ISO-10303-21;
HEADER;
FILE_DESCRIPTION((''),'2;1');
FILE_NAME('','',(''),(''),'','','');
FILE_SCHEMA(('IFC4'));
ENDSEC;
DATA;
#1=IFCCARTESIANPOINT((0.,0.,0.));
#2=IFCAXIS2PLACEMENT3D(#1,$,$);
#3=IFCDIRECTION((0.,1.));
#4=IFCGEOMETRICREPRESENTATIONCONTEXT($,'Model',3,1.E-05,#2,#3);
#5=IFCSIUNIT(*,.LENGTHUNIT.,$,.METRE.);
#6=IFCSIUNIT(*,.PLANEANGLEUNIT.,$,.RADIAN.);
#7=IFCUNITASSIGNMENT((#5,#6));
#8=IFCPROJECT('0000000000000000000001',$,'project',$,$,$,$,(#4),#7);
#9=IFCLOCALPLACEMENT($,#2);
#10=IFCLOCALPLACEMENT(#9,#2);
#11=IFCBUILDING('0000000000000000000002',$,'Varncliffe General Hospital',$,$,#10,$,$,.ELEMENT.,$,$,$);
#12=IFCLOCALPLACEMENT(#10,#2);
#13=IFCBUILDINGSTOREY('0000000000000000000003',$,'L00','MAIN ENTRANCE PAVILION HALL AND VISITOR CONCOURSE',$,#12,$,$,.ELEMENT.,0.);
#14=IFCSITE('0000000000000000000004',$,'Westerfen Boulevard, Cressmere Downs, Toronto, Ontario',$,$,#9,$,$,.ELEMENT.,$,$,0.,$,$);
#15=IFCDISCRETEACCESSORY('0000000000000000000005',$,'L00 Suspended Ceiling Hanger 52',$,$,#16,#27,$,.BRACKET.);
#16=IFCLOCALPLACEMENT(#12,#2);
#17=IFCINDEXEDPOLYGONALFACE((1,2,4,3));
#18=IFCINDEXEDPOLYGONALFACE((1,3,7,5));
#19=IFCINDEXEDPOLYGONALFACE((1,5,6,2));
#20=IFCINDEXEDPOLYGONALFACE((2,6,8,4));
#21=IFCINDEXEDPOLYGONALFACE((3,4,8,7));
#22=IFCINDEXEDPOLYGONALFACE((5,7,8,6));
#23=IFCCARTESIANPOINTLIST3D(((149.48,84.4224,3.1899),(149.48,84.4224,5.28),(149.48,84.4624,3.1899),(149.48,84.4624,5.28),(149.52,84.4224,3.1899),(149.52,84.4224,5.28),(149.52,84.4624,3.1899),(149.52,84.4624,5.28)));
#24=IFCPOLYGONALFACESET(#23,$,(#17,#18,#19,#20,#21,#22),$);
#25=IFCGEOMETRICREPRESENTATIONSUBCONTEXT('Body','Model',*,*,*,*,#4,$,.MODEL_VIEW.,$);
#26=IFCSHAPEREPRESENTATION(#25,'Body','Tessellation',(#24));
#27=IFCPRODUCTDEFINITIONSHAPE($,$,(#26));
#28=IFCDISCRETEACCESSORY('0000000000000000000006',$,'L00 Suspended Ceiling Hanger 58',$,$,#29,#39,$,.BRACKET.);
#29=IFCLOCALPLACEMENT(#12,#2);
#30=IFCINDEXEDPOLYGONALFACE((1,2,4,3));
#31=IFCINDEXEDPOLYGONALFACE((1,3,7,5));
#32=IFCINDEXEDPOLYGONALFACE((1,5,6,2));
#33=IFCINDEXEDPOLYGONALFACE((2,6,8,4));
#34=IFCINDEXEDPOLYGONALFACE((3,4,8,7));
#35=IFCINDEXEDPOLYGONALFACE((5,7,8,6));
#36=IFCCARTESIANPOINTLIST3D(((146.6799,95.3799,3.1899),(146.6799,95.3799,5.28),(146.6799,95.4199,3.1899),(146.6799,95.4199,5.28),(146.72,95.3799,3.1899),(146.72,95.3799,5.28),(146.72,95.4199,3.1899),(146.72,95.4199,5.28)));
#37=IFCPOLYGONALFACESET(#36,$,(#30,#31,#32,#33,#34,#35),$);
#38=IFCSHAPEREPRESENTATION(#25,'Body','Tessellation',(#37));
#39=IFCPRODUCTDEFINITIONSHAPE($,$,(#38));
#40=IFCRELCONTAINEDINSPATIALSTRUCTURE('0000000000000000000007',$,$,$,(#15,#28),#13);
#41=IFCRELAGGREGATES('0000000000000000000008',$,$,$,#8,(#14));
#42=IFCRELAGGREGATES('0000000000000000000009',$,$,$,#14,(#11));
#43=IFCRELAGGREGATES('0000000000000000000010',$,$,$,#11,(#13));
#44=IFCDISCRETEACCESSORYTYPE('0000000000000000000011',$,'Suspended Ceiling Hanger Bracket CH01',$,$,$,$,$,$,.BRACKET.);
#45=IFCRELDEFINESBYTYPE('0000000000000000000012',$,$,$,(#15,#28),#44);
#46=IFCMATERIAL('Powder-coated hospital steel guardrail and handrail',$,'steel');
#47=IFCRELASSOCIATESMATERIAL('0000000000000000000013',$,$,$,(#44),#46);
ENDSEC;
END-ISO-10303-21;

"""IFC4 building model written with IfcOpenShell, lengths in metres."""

from ifc_helpers import new_model, si_unit, direction, frame, origin, origin_2d, place, context, subcontext, project, spatial, rectangle, extrude, material, type_object, element, save


model = new_model("IFC4")

# Units and contexts
model_context = context("Model", 3, precision=1e-05, world=origin(), true_north=direction((0.0, 1.0)))
body_context = subcontext(model_context, "Body", "Model", "MODEL_VIEW")
ifc_project = project(units=[si_unit("LENGTHUNIT", "METRE"), si_unit("PLANEANGLEUNIT", "RADIAN")], contexts=[model_context])

# Site, building, storey
site_placement = place(None, origin())
site = spatial("IfcSite", under=ifc_project, at=site_placement, Name="Westerfen Boulevard, Cressmere Downs, Toronto, Ontario", CompositionType="ELEMENT", RefElevation=0.0)
building_placement = place(site_placement, origin())
building = spatial("IfcBuilding", under=site, at=building_placement, Name="Varncliffe General Hospital", CompositionType="ELEMENT")
storey_placement = place(building_placement, origin())
storey = spatial("IfcBuildingStorey", under=building, at=storey_placement, Name="L00", Description="MAIN ENTRANCE PAVILION HALL AND VISITOR CONCOURSE", CompositionType="ELEMENT", Elevation=0.0)

# Discrete accessories
ifc_material_1 = material(Name="Powder-coated hospital steel guardrail and handrail", Category="steel")
discrete_accessory_type = type_object("IfcDiscreteAccessoryType", Name="Suspended Ceiling Hanger Bracket CH01", PredefinedType="BRACKET", material=ifc_material_1)
for number, where, z_axis, x_axis, name in (
    (1, (149.5, 84.4424, 3.1899), (0.0, 0.0, 1.0), (1.0, 0.0, 0.0), "L00 Suspended Ceiling Hanger 52"),
    (2, (146.7, 95.3999, 3.1899), (0.0, 0.0, 1.0), (1.0, 0.0, 0.0), "L00 Suspended Ceiling Hanger 58"),
):
    element("IfcDiscreteAccessory", number, at=place(storey_placement, frame(where, z_axis=z_axis, x_axis=x_axis)), inside=storey, type_object=discrete_accessory_type, Name=name, PredefinedType="BRACKET", context=body_context, shape_type="SweptSolid", body=[
        extrude(rectangle(XDim=0.04, YDim=0.04, at=origin_2d()), origin(), (0.0, 0.0, 1.0), 2.0901),
    ])

save(model, "model.ifc")
